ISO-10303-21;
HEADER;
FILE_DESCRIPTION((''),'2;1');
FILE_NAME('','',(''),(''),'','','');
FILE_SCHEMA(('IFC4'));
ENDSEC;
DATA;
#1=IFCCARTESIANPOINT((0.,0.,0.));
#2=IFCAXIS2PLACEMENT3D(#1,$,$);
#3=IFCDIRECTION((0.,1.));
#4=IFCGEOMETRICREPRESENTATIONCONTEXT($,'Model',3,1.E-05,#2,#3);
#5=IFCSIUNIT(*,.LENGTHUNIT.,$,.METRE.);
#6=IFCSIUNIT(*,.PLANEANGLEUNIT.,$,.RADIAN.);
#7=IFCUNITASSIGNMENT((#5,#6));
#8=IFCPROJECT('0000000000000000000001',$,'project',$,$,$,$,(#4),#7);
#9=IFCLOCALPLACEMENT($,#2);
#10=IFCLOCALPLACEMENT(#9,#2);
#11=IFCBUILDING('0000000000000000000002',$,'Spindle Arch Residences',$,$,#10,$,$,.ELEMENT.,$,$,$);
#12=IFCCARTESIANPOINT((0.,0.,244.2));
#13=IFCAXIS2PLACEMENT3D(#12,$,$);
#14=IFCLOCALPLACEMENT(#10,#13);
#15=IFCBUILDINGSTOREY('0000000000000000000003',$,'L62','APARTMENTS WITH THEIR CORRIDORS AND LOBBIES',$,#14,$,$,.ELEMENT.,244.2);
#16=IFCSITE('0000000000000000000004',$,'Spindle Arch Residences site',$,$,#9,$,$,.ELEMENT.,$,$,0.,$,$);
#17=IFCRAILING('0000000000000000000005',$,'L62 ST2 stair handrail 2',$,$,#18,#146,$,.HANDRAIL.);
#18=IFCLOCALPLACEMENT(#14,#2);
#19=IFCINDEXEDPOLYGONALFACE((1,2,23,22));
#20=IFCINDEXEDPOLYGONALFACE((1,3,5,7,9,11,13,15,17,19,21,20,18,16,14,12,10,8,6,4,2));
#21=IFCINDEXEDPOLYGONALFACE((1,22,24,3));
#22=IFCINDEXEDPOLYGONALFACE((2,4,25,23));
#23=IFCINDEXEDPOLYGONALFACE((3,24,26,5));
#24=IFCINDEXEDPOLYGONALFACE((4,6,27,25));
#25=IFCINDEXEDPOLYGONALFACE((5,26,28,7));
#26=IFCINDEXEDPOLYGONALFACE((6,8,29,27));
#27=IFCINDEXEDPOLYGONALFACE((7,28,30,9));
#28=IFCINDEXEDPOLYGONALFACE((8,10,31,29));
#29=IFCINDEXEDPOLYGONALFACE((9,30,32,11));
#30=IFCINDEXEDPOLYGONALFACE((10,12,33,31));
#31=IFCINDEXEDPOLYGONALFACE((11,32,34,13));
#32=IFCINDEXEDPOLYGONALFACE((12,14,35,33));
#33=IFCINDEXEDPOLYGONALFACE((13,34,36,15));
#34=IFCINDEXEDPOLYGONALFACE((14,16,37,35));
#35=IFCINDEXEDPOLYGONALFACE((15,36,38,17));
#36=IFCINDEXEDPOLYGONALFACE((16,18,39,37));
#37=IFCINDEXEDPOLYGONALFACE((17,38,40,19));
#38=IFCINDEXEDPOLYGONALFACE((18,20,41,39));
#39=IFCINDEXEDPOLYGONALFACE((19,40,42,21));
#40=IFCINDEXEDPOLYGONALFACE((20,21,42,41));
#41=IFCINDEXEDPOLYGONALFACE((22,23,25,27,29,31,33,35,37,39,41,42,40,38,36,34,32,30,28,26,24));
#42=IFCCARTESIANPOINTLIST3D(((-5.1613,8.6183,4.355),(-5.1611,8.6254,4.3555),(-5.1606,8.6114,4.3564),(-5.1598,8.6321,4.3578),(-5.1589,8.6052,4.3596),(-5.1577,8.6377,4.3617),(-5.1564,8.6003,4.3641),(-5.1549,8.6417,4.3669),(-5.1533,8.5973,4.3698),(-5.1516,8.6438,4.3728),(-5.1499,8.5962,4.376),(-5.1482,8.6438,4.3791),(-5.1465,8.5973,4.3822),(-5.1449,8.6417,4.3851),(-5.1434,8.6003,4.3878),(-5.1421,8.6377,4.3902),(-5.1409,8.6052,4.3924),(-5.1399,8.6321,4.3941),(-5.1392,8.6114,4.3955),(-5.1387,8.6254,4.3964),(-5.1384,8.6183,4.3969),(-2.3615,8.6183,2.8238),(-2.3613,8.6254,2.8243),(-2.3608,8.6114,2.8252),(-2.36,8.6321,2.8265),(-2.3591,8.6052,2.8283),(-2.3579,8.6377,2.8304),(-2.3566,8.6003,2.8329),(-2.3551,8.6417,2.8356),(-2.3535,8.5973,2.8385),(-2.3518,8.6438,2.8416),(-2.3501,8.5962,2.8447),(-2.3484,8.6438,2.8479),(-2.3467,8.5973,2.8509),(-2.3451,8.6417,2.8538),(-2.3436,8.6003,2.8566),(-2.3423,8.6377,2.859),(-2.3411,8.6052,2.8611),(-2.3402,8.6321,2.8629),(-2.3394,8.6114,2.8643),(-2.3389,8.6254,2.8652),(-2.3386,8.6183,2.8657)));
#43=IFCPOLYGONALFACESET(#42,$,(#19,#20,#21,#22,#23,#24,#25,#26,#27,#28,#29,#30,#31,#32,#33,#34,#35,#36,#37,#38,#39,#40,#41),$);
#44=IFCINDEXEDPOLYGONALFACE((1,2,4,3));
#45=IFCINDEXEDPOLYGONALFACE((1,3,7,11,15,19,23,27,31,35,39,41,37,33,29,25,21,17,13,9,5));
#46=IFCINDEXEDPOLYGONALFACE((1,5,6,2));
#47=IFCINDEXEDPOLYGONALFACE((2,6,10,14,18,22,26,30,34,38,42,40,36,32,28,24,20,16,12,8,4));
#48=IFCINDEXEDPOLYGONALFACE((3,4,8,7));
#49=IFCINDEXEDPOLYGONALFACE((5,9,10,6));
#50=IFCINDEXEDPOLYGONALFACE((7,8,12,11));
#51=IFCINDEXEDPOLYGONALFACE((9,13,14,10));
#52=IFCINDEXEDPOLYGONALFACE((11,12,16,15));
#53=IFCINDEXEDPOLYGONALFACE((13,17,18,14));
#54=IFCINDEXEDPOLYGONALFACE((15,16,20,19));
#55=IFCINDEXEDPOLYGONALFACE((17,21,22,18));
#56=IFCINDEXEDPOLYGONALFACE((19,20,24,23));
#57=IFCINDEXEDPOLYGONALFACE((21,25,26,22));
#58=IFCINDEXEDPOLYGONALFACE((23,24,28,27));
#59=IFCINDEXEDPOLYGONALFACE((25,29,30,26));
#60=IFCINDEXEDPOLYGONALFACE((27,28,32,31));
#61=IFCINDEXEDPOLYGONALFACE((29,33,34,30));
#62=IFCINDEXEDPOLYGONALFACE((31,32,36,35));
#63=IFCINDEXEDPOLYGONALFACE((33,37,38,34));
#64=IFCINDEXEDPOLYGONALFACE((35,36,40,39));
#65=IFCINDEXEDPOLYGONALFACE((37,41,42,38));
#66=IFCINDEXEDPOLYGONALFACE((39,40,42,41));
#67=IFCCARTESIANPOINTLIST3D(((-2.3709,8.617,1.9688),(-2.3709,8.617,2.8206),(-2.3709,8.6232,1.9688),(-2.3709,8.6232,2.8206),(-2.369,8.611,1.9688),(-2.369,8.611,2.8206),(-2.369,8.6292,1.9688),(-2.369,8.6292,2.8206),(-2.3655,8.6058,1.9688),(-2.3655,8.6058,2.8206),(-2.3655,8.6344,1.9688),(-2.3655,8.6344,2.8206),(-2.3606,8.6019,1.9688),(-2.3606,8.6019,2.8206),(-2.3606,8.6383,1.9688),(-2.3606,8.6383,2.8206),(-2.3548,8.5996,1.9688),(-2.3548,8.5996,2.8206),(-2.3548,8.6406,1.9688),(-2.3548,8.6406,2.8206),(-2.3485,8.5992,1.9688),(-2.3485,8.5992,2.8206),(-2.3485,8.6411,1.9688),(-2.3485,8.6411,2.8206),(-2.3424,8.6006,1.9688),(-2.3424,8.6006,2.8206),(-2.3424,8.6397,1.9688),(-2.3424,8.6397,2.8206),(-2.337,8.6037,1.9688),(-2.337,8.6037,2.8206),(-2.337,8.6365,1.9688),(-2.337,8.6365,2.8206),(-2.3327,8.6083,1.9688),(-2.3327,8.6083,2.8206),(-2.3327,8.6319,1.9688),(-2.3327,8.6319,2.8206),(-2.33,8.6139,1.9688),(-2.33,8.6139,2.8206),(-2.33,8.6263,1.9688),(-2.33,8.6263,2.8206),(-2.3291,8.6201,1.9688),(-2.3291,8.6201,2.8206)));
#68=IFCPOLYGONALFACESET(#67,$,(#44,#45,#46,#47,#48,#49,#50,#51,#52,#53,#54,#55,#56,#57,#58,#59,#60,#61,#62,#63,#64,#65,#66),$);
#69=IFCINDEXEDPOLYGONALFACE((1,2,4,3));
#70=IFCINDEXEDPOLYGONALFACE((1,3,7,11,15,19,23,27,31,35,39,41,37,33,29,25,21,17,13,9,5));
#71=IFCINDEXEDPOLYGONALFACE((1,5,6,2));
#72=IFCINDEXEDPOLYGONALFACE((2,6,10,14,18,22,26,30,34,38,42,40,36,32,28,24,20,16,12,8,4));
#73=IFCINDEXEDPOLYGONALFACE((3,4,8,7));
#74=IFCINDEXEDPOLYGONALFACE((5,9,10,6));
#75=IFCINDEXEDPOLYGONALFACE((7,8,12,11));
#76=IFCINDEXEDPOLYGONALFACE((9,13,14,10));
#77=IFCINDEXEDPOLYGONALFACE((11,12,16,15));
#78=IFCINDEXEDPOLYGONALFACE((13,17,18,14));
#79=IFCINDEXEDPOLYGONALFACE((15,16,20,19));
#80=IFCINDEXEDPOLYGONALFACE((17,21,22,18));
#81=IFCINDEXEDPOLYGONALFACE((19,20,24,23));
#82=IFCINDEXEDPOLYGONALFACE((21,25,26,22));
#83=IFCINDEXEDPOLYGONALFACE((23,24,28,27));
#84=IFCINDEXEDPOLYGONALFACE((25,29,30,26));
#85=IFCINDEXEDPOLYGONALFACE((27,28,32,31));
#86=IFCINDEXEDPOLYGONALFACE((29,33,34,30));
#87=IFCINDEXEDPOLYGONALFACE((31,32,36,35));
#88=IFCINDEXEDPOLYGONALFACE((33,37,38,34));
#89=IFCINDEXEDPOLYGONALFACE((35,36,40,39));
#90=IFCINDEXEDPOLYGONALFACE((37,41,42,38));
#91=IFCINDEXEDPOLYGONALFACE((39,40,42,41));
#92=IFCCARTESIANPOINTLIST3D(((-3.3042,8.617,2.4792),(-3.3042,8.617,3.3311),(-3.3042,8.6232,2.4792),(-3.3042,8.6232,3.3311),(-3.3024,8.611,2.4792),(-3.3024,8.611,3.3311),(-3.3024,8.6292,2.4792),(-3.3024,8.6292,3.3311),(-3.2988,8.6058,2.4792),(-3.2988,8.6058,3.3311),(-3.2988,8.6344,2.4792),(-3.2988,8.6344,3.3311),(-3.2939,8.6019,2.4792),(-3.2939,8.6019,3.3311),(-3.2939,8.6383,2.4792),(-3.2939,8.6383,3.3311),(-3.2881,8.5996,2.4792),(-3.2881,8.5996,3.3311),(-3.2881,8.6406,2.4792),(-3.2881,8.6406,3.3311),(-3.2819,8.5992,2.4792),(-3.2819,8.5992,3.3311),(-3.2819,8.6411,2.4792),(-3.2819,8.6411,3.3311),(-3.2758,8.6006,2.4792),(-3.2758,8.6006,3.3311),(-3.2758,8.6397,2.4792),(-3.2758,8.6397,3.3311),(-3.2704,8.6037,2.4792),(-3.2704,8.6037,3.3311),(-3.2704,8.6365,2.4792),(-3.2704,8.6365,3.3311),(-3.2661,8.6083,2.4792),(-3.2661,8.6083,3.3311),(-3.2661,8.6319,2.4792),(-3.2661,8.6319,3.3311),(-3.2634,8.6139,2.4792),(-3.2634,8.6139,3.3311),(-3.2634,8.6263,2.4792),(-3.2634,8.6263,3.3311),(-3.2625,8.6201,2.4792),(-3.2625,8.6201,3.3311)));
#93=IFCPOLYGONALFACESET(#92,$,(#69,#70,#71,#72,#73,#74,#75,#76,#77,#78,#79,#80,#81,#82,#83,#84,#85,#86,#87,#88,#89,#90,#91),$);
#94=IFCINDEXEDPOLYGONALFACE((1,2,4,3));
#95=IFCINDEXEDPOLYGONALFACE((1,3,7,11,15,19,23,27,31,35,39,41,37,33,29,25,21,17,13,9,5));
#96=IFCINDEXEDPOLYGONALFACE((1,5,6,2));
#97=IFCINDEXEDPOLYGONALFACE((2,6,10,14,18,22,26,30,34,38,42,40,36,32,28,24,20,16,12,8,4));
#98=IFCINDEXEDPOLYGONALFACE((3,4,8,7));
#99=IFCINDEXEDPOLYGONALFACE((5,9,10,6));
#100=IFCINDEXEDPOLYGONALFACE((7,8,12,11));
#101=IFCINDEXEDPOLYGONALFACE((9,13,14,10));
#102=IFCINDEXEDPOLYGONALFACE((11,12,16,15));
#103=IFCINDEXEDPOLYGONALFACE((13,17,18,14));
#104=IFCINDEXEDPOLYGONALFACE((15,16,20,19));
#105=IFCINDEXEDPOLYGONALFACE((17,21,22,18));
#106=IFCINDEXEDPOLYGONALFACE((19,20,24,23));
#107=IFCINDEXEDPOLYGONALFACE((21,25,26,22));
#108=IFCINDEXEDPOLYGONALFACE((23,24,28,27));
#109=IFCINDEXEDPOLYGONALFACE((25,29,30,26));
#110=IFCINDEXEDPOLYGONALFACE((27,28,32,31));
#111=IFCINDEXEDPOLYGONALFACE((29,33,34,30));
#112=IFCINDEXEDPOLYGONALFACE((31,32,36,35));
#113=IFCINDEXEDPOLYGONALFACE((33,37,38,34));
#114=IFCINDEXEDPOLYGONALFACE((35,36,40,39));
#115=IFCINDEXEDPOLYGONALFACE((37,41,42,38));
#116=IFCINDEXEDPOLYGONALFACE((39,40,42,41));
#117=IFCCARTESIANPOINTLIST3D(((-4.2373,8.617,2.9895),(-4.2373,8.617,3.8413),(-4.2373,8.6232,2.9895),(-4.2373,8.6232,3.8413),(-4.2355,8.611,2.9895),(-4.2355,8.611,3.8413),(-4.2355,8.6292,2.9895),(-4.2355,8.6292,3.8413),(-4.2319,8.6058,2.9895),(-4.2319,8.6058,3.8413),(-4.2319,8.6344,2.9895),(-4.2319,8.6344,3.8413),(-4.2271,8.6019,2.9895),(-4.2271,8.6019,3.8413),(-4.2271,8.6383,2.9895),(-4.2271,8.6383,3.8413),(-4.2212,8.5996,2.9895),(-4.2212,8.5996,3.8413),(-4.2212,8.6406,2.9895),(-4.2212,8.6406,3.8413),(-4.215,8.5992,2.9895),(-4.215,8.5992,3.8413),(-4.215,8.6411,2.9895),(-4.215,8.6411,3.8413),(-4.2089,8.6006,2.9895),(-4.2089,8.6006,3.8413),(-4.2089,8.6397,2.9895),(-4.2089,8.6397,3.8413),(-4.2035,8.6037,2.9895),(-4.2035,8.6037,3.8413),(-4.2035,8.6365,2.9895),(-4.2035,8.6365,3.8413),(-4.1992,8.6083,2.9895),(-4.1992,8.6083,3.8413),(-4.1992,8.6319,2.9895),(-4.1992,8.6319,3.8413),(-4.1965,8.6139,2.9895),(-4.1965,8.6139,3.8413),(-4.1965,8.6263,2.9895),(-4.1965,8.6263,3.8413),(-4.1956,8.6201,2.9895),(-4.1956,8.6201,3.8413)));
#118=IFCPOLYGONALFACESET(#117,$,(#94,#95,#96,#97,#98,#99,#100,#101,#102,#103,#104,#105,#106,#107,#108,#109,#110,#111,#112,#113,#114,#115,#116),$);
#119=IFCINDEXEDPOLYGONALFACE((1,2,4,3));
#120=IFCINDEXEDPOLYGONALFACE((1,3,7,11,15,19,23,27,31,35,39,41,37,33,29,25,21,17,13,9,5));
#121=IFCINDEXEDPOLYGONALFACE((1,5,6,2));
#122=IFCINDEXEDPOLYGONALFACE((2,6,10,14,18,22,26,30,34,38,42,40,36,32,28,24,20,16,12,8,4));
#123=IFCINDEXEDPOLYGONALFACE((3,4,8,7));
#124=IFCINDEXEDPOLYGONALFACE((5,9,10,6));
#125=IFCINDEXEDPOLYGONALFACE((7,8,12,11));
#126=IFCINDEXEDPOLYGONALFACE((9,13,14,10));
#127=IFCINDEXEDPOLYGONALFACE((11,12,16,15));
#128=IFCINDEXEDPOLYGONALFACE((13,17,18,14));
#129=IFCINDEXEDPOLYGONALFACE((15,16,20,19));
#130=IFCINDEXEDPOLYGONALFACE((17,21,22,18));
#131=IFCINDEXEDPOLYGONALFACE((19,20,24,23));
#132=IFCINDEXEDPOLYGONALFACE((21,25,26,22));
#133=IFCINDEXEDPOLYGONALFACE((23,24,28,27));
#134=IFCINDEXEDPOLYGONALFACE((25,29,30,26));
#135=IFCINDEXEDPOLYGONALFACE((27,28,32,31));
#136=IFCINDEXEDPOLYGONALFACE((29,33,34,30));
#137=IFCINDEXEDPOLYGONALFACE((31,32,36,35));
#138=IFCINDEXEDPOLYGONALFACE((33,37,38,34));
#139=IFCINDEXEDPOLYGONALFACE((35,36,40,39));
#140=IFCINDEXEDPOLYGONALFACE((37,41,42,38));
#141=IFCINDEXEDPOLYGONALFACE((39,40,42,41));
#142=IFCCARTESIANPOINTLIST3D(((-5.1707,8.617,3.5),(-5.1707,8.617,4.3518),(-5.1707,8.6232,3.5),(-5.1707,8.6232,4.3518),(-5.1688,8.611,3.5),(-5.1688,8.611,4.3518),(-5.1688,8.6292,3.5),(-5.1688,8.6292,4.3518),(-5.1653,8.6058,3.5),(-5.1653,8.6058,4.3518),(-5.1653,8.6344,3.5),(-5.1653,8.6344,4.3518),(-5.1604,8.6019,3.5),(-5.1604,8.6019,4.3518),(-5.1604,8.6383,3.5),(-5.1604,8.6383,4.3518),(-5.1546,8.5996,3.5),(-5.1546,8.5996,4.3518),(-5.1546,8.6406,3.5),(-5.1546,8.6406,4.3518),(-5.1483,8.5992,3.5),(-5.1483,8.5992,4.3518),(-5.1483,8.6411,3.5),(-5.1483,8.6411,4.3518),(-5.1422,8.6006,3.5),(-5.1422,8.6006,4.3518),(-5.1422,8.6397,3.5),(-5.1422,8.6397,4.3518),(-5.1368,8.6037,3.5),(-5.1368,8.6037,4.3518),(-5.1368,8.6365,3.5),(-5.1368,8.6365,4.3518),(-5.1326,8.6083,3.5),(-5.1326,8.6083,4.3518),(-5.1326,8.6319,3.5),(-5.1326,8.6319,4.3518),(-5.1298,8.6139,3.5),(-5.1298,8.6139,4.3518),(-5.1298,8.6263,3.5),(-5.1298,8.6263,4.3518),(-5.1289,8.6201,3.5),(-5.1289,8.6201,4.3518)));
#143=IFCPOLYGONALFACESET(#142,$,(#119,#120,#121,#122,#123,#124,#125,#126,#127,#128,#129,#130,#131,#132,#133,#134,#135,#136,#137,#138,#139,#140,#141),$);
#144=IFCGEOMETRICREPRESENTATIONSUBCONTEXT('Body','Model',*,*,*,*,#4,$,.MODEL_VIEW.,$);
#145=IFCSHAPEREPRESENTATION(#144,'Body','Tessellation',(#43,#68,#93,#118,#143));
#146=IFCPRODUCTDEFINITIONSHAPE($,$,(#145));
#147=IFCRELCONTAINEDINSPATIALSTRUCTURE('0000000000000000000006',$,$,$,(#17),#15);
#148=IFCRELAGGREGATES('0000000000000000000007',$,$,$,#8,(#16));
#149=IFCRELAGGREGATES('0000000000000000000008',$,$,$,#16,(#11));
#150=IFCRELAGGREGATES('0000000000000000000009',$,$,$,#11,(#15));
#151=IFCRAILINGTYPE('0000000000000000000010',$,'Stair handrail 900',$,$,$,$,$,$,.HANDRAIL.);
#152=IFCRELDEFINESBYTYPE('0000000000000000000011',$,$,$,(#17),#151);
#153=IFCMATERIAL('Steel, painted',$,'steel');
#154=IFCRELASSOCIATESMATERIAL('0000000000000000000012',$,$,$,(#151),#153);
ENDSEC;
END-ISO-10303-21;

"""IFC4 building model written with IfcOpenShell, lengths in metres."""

from ifc_helpers import new_model, si_unit, direction, frame, origin, origin_2d, place, context, subcontext, project, spatial, circle, extrude, material, type_object, element, save


model = new_model("IFC4")

# Units and contexts
model_context = context("Model", 3, precision=1e-05, world=origin(), true_north=direction((0.0, 1.0)))
body_context = subcontext(model_context, "Body", "Model", "MODEL_VIEW")
ifc_project = project(units=[si_unit("LENGTHUNIT", "METRE"), si_unit("PLANEANGLEUNIT", "RADIAN")], contexts=[model_context])

# Site, building, storey
site_placement = place(None, origin())
site = spatial("IfcSite", under=ifc_project, at=site_placement, Name="Spindle Arch Residences site", CompositionType="ELEMENT", RefElevation=0.0)
building_placement = place(site_placement, origin())
building = spatial("IfcBuilding", under=site, at=building_placement, Name="Spindle Arch Residences", CompositionType="ELEMENT")
storey_placement = place(building_placement, frame((0.0, 0.0, 244.2)))
storey = spatial("IfcBuildingStorey", under=building, at=storey_placement, Name="L62", Description="APARTMENTS WITH THEIR CORRIDORS AND LOBBIES", CompositionType="ELEMENT", Elevation=244.2)

# Railing
ifc_material_1 = material(Name="Steel, painted", Category="steel")
railing_type_1 = type_object("IfcRailingType", Name="Stair handrail 900", PredefinedType="HANDRAIL", material=ifc_material_1)
railing_1_placement = place(storey_placement, frame((-2.3501, 8.6201, 1.9688)))
element("IfcRailing", 1, at=railing_1_placement, inside=storey, type_object=railing_type_1, Name="L62 ST2 stair handrail 2", PredefinedType="HANDRAIL", context=body_context, shape_type="SweptSolid", body=[
    extrude(circle(Radius=0.0239, at=origin_2d()), frame((0.0, 0.0, 0.876), z_axis=(-0.877357, 0.0, 0.479838), x_axis=(0.0, -1.0, 0.0)), (0.0, 0.0, 1.0), 3.1912),
    extrude(circle(Radius=0.021, at=origin_2d()), origin(), (0.0, 0.0, 1.0), 0.8518),
    extrude(circle(Radius=0.021, at=origin_2d()), frame((-0.9333, 0.0, 0.5105)), (0.0, 0.0, 1.0), 0.8518),
    extrude(circle(Radius=0.021, at=origin_2d()), frame((-1.8665, 0.0, 1.0208)), (0.0, 0.0, 1.0), 0.8518),
    extrude(circle(Radius=0.021, at=origin_2d()), frame((-2.7998, 0.0, 1.5312)), (0.0, 0.0, 1.0), 0.8518),
])

save(model, "model.ifc")
